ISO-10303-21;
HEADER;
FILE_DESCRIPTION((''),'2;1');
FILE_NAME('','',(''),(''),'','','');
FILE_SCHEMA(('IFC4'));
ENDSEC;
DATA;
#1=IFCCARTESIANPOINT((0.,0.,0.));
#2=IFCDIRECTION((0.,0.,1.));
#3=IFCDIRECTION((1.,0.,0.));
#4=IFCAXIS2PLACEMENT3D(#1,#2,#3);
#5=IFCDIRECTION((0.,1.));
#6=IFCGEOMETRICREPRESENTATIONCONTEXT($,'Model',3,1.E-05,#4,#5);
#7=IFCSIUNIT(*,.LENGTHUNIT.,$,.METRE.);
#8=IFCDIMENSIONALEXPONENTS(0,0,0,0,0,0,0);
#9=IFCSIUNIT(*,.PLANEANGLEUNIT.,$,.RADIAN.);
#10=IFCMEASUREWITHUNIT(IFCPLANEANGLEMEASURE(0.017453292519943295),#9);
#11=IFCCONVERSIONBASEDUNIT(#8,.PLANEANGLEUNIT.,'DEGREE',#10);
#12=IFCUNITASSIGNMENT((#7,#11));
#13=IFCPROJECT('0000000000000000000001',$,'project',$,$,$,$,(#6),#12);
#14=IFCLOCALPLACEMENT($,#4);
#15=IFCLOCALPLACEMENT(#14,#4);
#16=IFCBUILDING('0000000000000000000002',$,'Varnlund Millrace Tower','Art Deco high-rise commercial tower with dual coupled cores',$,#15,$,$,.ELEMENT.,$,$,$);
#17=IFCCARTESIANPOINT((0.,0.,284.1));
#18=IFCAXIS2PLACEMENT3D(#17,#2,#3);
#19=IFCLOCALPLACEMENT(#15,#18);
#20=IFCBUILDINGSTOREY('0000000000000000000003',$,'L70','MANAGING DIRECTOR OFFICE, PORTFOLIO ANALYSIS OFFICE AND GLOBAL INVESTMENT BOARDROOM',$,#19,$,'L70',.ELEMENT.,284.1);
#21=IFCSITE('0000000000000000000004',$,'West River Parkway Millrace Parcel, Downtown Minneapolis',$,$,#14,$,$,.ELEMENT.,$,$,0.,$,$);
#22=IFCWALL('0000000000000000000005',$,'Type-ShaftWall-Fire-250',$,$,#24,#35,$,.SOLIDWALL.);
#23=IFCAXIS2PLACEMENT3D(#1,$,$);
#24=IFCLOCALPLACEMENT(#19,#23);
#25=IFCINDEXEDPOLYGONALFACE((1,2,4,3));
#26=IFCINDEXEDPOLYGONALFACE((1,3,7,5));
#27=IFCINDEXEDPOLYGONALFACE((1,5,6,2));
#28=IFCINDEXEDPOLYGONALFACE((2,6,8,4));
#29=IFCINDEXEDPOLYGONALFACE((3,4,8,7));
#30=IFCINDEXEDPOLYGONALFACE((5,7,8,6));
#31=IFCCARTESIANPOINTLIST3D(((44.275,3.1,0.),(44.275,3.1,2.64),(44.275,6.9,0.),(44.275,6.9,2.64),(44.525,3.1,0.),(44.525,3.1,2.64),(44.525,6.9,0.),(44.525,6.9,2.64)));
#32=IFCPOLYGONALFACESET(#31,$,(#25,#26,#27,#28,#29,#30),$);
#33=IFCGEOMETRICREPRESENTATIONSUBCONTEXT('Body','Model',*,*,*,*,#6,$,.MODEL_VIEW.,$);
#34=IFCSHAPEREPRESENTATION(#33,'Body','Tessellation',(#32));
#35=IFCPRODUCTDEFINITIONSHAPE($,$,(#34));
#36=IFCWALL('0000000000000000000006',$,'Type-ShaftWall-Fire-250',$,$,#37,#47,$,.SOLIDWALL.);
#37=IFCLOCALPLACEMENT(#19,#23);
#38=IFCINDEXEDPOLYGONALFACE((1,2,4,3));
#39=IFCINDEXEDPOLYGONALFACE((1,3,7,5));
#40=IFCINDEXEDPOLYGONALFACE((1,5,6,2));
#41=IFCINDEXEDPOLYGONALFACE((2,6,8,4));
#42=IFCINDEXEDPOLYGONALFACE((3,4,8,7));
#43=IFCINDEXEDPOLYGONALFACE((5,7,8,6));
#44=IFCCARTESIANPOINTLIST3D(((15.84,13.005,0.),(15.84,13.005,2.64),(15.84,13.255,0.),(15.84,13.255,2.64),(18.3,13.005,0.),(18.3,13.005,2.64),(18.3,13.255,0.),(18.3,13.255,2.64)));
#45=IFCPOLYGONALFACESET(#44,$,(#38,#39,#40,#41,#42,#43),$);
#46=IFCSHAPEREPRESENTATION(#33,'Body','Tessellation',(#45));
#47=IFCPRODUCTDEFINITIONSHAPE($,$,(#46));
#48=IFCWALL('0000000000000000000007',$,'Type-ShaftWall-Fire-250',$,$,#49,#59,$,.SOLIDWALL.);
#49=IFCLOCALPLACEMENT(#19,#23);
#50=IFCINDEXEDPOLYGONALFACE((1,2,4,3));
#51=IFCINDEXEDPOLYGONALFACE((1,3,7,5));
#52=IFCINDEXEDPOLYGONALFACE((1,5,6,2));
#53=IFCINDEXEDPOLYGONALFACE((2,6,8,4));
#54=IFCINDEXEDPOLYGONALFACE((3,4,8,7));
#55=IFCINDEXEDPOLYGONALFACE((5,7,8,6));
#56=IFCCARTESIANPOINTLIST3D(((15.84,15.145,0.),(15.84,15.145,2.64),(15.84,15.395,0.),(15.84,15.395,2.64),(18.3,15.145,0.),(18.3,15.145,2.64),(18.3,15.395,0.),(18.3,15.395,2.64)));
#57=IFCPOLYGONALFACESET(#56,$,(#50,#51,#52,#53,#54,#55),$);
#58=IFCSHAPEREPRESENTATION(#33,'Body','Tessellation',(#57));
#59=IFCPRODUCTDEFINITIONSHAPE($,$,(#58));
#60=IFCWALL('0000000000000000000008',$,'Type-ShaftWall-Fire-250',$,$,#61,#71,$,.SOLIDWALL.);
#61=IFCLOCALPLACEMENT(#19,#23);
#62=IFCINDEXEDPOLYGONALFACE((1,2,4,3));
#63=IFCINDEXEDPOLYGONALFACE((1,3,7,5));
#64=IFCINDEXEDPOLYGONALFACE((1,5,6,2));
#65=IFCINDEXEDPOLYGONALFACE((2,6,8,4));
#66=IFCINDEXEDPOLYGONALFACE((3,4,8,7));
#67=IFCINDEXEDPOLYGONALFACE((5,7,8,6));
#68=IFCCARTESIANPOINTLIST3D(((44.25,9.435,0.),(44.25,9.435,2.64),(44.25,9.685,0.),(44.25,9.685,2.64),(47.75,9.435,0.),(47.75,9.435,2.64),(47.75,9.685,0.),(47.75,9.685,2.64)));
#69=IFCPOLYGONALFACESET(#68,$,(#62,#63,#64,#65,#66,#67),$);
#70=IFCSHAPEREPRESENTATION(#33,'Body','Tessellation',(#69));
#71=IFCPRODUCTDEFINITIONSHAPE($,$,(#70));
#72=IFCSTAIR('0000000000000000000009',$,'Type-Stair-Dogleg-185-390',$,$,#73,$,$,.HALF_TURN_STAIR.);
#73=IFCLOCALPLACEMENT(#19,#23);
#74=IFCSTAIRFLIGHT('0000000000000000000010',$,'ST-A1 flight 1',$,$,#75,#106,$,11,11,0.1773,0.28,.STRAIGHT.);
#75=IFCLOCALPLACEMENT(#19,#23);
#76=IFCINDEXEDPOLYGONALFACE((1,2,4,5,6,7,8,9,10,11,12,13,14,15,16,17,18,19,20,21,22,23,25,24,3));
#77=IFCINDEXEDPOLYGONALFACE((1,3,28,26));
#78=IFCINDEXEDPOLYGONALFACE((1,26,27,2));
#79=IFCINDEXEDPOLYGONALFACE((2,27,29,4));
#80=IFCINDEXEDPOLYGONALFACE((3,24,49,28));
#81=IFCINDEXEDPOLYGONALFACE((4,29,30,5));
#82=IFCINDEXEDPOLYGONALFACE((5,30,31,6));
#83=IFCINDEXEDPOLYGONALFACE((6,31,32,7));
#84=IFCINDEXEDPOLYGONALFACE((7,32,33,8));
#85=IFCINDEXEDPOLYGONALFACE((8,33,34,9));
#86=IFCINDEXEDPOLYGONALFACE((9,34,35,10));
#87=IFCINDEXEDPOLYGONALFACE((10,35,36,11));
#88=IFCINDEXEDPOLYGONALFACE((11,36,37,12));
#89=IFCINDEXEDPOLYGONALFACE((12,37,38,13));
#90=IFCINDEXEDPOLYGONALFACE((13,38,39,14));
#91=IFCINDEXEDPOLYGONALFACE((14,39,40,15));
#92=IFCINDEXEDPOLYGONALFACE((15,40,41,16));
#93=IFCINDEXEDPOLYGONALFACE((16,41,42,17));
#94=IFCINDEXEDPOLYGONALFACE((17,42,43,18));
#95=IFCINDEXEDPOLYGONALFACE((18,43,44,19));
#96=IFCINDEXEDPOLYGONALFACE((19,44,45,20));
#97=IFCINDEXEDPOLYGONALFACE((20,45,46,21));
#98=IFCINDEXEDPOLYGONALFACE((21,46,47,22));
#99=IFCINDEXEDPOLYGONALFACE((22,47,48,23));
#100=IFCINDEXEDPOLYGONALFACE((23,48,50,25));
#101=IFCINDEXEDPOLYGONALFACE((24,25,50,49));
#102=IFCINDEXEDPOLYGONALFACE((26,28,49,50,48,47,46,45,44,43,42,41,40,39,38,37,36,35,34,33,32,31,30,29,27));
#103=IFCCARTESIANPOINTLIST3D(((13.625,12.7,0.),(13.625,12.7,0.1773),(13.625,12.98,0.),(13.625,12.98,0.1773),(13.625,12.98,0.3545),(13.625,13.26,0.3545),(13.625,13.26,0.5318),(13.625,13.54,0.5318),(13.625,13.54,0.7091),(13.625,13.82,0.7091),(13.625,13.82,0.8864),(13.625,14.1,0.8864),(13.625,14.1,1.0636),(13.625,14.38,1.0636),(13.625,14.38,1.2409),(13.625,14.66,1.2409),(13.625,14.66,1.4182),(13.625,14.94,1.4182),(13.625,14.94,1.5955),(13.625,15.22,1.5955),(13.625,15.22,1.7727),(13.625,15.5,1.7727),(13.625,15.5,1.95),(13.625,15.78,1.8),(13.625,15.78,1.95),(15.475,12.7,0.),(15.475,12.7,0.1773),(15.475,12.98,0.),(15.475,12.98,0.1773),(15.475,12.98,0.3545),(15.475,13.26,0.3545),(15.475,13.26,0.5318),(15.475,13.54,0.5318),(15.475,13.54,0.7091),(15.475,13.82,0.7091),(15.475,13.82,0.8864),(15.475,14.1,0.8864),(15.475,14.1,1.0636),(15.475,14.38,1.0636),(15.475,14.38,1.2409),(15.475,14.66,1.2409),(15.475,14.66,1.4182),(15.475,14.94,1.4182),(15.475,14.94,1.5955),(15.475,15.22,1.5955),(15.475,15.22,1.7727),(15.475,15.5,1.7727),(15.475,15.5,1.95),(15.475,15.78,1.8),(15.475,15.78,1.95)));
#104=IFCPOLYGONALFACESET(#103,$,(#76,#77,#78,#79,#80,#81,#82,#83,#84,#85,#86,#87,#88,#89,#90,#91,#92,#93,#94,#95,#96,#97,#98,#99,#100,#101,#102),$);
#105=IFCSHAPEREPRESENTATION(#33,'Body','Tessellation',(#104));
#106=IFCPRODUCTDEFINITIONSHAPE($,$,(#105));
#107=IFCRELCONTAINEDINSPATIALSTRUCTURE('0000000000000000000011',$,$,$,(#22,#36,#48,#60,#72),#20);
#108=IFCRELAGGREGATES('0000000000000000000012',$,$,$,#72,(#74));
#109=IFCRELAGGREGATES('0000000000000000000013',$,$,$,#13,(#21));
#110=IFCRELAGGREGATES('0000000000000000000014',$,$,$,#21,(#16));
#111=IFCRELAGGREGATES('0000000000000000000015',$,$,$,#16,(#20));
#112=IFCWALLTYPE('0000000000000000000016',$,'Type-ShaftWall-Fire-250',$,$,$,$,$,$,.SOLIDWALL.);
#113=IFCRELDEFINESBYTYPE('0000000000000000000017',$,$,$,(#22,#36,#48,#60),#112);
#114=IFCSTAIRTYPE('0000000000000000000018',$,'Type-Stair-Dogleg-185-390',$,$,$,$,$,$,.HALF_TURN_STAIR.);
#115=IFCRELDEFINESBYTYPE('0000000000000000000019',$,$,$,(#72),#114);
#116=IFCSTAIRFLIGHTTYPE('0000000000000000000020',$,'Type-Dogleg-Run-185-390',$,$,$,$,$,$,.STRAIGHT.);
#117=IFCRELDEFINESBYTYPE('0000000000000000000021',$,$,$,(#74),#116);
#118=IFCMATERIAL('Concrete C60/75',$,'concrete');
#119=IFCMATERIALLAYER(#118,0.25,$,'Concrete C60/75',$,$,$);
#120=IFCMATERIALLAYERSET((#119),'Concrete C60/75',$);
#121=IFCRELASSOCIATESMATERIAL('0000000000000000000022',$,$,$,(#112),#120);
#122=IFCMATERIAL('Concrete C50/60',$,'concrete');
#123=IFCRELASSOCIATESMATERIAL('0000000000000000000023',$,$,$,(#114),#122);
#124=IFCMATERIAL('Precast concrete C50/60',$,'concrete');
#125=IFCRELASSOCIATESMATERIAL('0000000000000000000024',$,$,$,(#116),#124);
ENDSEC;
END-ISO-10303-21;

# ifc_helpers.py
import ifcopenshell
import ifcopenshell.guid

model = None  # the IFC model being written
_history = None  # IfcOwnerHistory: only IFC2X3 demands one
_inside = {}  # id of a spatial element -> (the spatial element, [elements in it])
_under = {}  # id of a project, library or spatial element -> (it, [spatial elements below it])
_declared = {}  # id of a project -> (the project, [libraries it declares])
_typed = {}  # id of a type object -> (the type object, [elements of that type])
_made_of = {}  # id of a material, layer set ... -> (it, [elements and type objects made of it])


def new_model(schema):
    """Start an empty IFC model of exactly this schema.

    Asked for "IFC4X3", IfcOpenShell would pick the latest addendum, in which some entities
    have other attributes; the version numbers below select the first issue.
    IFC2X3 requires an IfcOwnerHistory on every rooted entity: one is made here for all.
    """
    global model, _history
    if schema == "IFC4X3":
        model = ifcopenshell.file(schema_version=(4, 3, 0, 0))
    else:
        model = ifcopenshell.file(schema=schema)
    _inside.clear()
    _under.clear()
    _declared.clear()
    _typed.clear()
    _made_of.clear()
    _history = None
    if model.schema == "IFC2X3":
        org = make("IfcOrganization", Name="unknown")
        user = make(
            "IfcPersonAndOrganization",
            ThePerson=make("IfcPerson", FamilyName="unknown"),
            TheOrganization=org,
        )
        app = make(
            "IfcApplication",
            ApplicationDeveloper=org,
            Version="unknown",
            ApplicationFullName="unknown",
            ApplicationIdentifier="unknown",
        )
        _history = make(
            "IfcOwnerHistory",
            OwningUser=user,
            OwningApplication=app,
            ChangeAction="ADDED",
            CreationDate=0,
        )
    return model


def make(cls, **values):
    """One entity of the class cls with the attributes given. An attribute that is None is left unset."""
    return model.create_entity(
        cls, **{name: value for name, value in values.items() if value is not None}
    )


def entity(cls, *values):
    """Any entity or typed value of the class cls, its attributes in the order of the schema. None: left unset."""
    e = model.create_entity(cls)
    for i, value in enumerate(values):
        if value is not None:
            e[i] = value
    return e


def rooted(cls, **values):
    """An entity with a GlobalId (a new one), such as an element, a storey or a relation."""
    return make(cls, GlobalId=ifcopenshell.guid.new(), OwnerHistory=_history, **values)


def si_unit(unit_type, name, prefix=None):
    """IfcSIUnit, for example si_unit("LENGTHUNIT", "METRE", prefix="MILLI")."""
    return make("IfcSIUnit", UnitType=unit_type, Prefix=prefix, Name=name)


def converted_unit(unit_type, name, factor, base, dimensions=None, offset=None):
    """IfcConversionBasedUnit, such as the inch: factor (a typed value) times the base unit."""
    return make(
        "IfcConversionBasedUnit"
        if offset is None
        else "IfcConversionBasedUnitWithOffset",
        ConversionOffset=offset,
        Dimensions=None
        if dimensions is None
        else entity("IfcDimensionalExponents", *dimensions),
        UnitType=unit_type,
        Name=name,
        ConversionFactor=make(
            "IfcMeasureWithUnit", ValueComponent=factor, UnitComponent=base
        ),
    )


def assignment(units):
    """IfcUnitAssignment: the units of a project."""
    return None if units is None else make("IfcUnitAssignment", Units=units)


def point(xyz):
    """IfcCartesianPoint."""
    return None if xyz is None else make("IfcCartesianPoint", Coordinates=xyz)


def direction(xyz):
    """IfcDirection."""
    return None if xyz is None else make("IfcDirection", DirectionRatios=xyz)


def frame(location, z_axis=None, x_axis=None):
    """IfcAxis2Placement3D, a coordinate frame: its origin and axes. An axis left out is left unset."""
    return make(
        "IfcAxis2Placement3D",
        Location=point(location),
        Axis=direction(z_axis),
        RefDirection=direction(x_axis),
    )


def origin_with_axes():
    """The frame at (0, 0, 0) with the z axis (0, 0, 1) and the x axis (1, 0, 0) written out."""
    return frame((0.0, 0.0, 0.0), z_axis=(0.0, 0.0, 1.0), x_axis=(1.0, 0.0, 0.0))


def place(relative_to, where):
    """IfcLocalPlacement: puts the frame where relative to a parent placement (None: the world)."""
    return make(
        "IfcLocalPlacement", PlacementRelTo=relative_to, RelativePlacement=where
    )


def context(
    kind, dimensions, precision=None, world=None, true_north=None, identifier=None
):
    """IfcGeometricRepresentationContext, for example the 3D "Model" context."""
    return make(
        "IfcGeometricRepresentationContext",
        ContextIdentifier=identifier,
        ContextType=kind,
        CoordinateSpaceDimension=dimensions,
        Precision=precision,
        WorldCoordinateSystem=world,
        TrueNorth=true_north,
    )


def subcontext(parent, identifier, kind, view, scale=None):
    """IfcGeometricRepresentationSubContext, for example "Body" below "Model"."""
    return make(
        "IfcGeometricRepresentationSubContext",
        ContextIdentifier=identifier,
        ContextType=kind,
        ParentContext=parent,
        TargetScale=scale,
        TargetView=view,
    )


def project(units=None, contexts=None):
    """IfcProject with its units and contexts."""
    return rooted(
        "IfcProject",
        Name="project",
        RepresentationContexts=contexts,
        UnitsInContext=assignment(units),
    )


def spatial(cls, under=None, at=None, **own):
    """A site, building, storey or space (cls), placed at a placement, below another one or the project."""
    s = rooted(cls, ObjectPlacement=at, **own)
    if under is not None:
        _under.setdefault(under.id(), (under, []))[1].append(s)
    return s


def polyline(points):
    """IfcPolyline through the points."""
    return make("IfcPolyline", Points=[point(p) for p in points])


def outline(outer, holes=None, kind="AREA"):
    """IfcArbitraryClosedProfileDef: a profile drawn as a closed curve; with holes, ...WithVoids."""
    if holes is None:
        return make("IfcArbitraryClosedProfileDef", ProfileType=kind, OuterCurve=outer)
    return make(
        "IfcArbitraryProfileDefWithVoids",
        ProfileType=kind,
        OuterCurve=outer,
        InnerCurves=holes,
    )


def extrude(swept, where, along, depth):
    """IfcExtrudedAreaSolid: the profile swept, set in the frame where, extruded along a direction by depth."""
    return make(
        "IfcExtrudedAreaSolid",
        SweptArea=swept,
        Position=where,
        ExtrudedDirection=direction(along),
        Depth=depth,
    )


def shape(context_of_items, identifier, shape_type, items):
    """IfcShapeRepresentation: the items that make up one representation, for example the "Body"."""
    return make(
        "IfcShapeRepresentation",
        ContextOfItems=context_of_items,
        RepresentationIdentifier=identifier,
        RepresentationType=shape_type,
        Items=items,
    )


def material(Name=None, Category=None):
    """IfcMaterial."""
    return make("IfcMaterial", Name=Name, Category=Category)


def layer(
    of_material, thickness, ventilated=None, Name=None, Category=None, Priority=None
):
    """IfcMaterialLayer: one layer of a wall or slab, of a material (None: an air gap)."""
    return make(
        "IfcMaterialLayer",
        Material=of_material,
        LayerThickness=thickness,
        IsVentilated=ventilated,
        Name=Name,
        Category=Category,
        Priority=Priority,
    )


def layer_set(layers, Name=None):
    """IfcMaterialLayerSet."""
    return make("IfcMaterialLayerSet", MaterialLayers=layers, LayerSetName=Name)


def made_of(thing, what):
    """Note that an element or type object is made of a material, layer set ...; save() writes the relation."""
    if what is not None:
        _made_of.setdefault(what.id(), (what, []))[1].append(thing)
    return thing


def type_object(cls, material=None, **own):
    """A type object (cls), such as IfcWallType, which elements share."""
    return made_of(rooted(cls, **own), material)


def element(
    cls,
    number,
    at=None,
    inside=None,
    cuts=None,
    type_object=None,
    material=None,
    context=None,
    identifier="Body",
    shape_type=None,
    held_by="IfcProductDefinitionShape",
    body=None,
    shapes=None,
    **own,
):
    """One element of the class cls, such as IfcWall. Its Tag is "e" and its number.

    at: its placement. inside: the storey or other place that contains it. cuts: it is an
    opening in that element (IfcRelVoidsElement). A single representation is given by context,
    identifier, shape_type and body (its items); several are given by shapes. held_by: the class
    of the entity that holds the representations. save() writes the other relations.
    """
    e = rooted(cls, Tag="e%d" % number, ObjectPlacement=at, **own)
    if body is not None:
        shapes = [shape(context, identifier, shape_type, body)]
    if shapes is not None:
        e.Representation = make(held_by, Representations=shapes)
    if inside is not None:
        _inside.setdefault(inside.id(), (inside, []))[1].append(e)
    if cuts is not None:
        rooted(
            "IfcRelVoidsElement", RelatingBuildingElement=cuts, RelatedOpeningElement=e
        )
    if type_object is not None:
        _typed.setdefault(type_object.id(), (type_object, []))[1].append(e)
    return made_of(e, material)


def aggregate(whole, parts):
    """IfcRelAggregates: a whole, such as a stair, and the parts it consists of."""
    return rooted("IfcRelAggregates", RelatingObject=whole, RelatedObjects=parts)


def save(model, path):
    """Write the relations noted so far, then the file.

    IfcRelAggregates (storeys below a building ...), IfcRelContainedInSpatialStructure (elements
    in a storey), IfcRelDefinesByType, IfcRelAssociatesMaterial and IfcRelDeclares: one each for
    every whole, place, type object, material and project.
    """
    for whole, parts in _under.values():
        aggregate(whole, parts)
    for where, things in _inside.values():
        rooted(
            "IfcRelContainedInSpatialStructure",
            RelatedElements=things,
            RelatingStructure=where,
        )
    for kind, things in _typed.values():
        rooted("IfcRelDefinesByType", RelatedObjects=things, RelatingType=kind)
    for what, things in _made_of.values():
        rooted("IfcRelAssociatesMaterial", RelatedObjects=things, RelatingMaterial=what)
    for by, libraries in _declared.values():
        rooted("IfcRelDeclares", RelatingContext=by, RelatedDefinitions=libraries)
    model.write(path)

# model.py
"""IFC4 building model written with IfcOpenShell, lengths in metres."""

from ifc_helpers import new_model, entity, si_unit, converted_unit, direction, frame, origin_with_axes, place, context, subcontext, project, spatial, polyline, outline, extrude, material, layer, layer_set, type_object, element, aggregate, save


model = new_model("IFC4")

# Units and contexts
model_context = context("Model", 3, precision=1e-05, world=origin_with_axes(), true_north=direction((0.0, 1.0)))
body_context = subcontext(model_context, "Body", "Model", "MODEL_VIEW")
ifc_project = project(units=[si_unit("LENGTHUNIT", "METRE"), converted_unit("PLANEANGLEUNIT", "DEGREE", entity("IfcPlaneAngleMeasure", 0.017453292519943295), si_unit("PLANEANGLEUNIT", "RADIAN"), dimensions=[0, 0, 0, 0, 0, 0, 0])], contexts=[model_context])

# Site, building, storey
site_placement = place(None, origin_with_axes())
site = spatial("IfcSite", under=ifc_project, at=site_placement, Name="West River Parkway Millrace Parcel, Downtown Minneapolis", CompositionType="ELEMENT", RefElevation=0.0)
building_placement = place(site_placement, origin_with_axes())
building = spatial("IfcBuilding", under=site, at=building_placement, Name="Varnlund Millrace Tower", Description="Art Deco high-rise commercial tower with dual coupled cores", CompositionType="ELEMENT")
storey_placement = place(building_placement, frame((0.0, 0.0, 284.1), z_axis=(0.0, 0.0, 1.0), x_axis=(1.0, 0.0, 0.0)))
storey = spatial("IfcBuildingStorey", under=building, at=storey_placement, Name="L70", Description="MANAGING DIRECTOR OFFICE, PORTFOLIO ANALYSIS OFFICE AND GLOBAL INVESTMENT BOARDROOM", LongName="L70", CompositionType="ELEMENT", Elevation=284.1)

# Shared definitions
ifc_material_1 = material(Name="Concrete C60/75", Category="concrete")

# Shared definitions
ifc_layer_1 = layer(ifc_material_1, 0.25, Name="Concrete C60/75")
ifc_layer_set_1 = layer_set([ifc_layer_1], Name="Concrete C60/75")
wall_type_1 = type_object("IfcWallType", Name="Type-ShaftWall-Fire-250", PredefinedType="SOLIDWALL", material=ifc_layer_set_1)

# Walls
wall_1_placement = place(storey_placement, frame((44.4, 3.1, 0.0), z_axis=(0.0, 0.0, 1.0), x_axis=(0.0, 1.0, 0.0)))
element("IfcWall", 1, at=wall_1_placement, inside=storey, type_object=wall_type_1, Name="Type-ShaftWall-Fire-250", PredefinedType="SOLIDWALL", context=body_context, shape_type="SweptSolid", body=[
    extrude(outline(polyline([(0.0, -0.125), (3.8, -0.125), (3.8, 0.125), (0.0, 0.125), (0.0, -0.125)])), origin_with_axes(), (0.0, 0.0, 1.0), 2.64),
])
for number, where, z_axis, x_axis, name in (
    (2, (15.84, 13.13, 0.0), (0.0, 0.0, 1.0), (1.0, 0.0, 0.0), "Type-ShaftWall-Fire-250"),
    (3, (15.84, 15.27, 0.0), (0.0, 0.0, 1.0), (1.0, 0.0, 0.0), "Type-ShaftWall-Fire-250"),
):
    element("IfcWall", number, at=place(storey_placement, frame(where, z_axis=z_axis, x_axis=x_axis)), inside=storey, type_object=wall_type_1, Name=name, PredefinedType="SOLIDWALL", context=body_context, shape_type="SweptSolid", body=[
        extrude(outline(polyline([(0.0, -0.125), (2.46, -0.125), (2.46, 0.125), (0.0, 0.125), (0.0, -0.125)])), origin_with_axes(), (0.0, 0.0, 1.0), 2.64),
    ])
wall_2_placement = place(storey_placement, frame((44.25, 9.56, 0.0), z_axis=(0.0, 0.0, 1.0), x_axis=(1.0, 0.0, 0.0)))
element("IfcWall", 4, at=wall_2_placement, inside=storey, type_object=wall_type_1, Name="Type-ShaftWall-Fire-250", PredefinedType="SOLIDWALL", context=body_context, shape_type="SweptSolid", body=[
    extrude(outline(polyline([(0.0, -0.125), (3.5, -0.125), (3.5, 0.125), (0.0, 0.125), (0.0, -0.125)])), origin_with_axes(), (0.0, 0.0, 1.0), 2.64),
])

# Stair, stair flight
ifc_material_2 = material(Name="Concrete C50/60", Category="concrete")
stair_type = type_object("IfcStairType", Name="Type-Stair-Dogleg-185-390", PredefinedType="HALF_TURN_STAIR", material=ifc_material_2)
stair_placement = place(storey_placement, origin_with_axes())
stair = element("IfcStair", 5, at=stair_placement, inside=storey, type_object=stair_type, Name="Type-Stair-Dogleg-185-390", PredefinedType="HALF_TURN_STAIR")
ifc_material_3 = material(Name="Precast concrete C50/60", Category="concrete")
stair_flight_type = type_object("IfcStairFlightType", Name="Type-Dogleg-Run-185-390", PredefinedType="STRAIGHT", material=ifc_material_3)
stair_flight_placement = place(storey_placement, frame((13.625, 12.7, 0.0), z_axis=(1.0, 0.0, 0.0), x_axis=(0.0, 1.0, 0.0)))
stair_flight = element("IfcStairFlight", 6, at=stair_flight_placement, type_object=stair_flight_type, Name="ST-A1 flight 1", NumberOfRisers=11, NumberOfTreads=11, PredefinedType="STRAIGHT", RiserHeight=0.1773, TreadLength=0.28, context=body_context, shape_type="SweptSolid", body=[
    extrude(outline(polyline([(0.0, 0.0), (0.0, 0.1773), (0.28, 0.1773), (0.28, 0.3545), (0.56, 0.3545), (0.56, 0.5318), (0.84, 0.5318), (0.84, 0.7091), (1.12, 0.7091), (1.12, 0.8864), (1.4, 0.8864), (1.4, 1.0636), (1.68, 1.0636), (1.68, 1.2409), (1.96, 1.2409), (1.96, 1.4182), (2.24, 1.4182), (2.24, 1.5955), (2.52, 1.5955), (2.52, 1.7727), (2.8, 1.7727), (2.8, 1.95), (3.08, 1.95), (3.08, 1.8), (0.28, 0.0), (0.0, 0.0)])), origin_with_axes(), (0.0, 0.0, 1.0), 1.85),
])
aggregate(stair, [stair_flight])

save(model, "model.ifc")
